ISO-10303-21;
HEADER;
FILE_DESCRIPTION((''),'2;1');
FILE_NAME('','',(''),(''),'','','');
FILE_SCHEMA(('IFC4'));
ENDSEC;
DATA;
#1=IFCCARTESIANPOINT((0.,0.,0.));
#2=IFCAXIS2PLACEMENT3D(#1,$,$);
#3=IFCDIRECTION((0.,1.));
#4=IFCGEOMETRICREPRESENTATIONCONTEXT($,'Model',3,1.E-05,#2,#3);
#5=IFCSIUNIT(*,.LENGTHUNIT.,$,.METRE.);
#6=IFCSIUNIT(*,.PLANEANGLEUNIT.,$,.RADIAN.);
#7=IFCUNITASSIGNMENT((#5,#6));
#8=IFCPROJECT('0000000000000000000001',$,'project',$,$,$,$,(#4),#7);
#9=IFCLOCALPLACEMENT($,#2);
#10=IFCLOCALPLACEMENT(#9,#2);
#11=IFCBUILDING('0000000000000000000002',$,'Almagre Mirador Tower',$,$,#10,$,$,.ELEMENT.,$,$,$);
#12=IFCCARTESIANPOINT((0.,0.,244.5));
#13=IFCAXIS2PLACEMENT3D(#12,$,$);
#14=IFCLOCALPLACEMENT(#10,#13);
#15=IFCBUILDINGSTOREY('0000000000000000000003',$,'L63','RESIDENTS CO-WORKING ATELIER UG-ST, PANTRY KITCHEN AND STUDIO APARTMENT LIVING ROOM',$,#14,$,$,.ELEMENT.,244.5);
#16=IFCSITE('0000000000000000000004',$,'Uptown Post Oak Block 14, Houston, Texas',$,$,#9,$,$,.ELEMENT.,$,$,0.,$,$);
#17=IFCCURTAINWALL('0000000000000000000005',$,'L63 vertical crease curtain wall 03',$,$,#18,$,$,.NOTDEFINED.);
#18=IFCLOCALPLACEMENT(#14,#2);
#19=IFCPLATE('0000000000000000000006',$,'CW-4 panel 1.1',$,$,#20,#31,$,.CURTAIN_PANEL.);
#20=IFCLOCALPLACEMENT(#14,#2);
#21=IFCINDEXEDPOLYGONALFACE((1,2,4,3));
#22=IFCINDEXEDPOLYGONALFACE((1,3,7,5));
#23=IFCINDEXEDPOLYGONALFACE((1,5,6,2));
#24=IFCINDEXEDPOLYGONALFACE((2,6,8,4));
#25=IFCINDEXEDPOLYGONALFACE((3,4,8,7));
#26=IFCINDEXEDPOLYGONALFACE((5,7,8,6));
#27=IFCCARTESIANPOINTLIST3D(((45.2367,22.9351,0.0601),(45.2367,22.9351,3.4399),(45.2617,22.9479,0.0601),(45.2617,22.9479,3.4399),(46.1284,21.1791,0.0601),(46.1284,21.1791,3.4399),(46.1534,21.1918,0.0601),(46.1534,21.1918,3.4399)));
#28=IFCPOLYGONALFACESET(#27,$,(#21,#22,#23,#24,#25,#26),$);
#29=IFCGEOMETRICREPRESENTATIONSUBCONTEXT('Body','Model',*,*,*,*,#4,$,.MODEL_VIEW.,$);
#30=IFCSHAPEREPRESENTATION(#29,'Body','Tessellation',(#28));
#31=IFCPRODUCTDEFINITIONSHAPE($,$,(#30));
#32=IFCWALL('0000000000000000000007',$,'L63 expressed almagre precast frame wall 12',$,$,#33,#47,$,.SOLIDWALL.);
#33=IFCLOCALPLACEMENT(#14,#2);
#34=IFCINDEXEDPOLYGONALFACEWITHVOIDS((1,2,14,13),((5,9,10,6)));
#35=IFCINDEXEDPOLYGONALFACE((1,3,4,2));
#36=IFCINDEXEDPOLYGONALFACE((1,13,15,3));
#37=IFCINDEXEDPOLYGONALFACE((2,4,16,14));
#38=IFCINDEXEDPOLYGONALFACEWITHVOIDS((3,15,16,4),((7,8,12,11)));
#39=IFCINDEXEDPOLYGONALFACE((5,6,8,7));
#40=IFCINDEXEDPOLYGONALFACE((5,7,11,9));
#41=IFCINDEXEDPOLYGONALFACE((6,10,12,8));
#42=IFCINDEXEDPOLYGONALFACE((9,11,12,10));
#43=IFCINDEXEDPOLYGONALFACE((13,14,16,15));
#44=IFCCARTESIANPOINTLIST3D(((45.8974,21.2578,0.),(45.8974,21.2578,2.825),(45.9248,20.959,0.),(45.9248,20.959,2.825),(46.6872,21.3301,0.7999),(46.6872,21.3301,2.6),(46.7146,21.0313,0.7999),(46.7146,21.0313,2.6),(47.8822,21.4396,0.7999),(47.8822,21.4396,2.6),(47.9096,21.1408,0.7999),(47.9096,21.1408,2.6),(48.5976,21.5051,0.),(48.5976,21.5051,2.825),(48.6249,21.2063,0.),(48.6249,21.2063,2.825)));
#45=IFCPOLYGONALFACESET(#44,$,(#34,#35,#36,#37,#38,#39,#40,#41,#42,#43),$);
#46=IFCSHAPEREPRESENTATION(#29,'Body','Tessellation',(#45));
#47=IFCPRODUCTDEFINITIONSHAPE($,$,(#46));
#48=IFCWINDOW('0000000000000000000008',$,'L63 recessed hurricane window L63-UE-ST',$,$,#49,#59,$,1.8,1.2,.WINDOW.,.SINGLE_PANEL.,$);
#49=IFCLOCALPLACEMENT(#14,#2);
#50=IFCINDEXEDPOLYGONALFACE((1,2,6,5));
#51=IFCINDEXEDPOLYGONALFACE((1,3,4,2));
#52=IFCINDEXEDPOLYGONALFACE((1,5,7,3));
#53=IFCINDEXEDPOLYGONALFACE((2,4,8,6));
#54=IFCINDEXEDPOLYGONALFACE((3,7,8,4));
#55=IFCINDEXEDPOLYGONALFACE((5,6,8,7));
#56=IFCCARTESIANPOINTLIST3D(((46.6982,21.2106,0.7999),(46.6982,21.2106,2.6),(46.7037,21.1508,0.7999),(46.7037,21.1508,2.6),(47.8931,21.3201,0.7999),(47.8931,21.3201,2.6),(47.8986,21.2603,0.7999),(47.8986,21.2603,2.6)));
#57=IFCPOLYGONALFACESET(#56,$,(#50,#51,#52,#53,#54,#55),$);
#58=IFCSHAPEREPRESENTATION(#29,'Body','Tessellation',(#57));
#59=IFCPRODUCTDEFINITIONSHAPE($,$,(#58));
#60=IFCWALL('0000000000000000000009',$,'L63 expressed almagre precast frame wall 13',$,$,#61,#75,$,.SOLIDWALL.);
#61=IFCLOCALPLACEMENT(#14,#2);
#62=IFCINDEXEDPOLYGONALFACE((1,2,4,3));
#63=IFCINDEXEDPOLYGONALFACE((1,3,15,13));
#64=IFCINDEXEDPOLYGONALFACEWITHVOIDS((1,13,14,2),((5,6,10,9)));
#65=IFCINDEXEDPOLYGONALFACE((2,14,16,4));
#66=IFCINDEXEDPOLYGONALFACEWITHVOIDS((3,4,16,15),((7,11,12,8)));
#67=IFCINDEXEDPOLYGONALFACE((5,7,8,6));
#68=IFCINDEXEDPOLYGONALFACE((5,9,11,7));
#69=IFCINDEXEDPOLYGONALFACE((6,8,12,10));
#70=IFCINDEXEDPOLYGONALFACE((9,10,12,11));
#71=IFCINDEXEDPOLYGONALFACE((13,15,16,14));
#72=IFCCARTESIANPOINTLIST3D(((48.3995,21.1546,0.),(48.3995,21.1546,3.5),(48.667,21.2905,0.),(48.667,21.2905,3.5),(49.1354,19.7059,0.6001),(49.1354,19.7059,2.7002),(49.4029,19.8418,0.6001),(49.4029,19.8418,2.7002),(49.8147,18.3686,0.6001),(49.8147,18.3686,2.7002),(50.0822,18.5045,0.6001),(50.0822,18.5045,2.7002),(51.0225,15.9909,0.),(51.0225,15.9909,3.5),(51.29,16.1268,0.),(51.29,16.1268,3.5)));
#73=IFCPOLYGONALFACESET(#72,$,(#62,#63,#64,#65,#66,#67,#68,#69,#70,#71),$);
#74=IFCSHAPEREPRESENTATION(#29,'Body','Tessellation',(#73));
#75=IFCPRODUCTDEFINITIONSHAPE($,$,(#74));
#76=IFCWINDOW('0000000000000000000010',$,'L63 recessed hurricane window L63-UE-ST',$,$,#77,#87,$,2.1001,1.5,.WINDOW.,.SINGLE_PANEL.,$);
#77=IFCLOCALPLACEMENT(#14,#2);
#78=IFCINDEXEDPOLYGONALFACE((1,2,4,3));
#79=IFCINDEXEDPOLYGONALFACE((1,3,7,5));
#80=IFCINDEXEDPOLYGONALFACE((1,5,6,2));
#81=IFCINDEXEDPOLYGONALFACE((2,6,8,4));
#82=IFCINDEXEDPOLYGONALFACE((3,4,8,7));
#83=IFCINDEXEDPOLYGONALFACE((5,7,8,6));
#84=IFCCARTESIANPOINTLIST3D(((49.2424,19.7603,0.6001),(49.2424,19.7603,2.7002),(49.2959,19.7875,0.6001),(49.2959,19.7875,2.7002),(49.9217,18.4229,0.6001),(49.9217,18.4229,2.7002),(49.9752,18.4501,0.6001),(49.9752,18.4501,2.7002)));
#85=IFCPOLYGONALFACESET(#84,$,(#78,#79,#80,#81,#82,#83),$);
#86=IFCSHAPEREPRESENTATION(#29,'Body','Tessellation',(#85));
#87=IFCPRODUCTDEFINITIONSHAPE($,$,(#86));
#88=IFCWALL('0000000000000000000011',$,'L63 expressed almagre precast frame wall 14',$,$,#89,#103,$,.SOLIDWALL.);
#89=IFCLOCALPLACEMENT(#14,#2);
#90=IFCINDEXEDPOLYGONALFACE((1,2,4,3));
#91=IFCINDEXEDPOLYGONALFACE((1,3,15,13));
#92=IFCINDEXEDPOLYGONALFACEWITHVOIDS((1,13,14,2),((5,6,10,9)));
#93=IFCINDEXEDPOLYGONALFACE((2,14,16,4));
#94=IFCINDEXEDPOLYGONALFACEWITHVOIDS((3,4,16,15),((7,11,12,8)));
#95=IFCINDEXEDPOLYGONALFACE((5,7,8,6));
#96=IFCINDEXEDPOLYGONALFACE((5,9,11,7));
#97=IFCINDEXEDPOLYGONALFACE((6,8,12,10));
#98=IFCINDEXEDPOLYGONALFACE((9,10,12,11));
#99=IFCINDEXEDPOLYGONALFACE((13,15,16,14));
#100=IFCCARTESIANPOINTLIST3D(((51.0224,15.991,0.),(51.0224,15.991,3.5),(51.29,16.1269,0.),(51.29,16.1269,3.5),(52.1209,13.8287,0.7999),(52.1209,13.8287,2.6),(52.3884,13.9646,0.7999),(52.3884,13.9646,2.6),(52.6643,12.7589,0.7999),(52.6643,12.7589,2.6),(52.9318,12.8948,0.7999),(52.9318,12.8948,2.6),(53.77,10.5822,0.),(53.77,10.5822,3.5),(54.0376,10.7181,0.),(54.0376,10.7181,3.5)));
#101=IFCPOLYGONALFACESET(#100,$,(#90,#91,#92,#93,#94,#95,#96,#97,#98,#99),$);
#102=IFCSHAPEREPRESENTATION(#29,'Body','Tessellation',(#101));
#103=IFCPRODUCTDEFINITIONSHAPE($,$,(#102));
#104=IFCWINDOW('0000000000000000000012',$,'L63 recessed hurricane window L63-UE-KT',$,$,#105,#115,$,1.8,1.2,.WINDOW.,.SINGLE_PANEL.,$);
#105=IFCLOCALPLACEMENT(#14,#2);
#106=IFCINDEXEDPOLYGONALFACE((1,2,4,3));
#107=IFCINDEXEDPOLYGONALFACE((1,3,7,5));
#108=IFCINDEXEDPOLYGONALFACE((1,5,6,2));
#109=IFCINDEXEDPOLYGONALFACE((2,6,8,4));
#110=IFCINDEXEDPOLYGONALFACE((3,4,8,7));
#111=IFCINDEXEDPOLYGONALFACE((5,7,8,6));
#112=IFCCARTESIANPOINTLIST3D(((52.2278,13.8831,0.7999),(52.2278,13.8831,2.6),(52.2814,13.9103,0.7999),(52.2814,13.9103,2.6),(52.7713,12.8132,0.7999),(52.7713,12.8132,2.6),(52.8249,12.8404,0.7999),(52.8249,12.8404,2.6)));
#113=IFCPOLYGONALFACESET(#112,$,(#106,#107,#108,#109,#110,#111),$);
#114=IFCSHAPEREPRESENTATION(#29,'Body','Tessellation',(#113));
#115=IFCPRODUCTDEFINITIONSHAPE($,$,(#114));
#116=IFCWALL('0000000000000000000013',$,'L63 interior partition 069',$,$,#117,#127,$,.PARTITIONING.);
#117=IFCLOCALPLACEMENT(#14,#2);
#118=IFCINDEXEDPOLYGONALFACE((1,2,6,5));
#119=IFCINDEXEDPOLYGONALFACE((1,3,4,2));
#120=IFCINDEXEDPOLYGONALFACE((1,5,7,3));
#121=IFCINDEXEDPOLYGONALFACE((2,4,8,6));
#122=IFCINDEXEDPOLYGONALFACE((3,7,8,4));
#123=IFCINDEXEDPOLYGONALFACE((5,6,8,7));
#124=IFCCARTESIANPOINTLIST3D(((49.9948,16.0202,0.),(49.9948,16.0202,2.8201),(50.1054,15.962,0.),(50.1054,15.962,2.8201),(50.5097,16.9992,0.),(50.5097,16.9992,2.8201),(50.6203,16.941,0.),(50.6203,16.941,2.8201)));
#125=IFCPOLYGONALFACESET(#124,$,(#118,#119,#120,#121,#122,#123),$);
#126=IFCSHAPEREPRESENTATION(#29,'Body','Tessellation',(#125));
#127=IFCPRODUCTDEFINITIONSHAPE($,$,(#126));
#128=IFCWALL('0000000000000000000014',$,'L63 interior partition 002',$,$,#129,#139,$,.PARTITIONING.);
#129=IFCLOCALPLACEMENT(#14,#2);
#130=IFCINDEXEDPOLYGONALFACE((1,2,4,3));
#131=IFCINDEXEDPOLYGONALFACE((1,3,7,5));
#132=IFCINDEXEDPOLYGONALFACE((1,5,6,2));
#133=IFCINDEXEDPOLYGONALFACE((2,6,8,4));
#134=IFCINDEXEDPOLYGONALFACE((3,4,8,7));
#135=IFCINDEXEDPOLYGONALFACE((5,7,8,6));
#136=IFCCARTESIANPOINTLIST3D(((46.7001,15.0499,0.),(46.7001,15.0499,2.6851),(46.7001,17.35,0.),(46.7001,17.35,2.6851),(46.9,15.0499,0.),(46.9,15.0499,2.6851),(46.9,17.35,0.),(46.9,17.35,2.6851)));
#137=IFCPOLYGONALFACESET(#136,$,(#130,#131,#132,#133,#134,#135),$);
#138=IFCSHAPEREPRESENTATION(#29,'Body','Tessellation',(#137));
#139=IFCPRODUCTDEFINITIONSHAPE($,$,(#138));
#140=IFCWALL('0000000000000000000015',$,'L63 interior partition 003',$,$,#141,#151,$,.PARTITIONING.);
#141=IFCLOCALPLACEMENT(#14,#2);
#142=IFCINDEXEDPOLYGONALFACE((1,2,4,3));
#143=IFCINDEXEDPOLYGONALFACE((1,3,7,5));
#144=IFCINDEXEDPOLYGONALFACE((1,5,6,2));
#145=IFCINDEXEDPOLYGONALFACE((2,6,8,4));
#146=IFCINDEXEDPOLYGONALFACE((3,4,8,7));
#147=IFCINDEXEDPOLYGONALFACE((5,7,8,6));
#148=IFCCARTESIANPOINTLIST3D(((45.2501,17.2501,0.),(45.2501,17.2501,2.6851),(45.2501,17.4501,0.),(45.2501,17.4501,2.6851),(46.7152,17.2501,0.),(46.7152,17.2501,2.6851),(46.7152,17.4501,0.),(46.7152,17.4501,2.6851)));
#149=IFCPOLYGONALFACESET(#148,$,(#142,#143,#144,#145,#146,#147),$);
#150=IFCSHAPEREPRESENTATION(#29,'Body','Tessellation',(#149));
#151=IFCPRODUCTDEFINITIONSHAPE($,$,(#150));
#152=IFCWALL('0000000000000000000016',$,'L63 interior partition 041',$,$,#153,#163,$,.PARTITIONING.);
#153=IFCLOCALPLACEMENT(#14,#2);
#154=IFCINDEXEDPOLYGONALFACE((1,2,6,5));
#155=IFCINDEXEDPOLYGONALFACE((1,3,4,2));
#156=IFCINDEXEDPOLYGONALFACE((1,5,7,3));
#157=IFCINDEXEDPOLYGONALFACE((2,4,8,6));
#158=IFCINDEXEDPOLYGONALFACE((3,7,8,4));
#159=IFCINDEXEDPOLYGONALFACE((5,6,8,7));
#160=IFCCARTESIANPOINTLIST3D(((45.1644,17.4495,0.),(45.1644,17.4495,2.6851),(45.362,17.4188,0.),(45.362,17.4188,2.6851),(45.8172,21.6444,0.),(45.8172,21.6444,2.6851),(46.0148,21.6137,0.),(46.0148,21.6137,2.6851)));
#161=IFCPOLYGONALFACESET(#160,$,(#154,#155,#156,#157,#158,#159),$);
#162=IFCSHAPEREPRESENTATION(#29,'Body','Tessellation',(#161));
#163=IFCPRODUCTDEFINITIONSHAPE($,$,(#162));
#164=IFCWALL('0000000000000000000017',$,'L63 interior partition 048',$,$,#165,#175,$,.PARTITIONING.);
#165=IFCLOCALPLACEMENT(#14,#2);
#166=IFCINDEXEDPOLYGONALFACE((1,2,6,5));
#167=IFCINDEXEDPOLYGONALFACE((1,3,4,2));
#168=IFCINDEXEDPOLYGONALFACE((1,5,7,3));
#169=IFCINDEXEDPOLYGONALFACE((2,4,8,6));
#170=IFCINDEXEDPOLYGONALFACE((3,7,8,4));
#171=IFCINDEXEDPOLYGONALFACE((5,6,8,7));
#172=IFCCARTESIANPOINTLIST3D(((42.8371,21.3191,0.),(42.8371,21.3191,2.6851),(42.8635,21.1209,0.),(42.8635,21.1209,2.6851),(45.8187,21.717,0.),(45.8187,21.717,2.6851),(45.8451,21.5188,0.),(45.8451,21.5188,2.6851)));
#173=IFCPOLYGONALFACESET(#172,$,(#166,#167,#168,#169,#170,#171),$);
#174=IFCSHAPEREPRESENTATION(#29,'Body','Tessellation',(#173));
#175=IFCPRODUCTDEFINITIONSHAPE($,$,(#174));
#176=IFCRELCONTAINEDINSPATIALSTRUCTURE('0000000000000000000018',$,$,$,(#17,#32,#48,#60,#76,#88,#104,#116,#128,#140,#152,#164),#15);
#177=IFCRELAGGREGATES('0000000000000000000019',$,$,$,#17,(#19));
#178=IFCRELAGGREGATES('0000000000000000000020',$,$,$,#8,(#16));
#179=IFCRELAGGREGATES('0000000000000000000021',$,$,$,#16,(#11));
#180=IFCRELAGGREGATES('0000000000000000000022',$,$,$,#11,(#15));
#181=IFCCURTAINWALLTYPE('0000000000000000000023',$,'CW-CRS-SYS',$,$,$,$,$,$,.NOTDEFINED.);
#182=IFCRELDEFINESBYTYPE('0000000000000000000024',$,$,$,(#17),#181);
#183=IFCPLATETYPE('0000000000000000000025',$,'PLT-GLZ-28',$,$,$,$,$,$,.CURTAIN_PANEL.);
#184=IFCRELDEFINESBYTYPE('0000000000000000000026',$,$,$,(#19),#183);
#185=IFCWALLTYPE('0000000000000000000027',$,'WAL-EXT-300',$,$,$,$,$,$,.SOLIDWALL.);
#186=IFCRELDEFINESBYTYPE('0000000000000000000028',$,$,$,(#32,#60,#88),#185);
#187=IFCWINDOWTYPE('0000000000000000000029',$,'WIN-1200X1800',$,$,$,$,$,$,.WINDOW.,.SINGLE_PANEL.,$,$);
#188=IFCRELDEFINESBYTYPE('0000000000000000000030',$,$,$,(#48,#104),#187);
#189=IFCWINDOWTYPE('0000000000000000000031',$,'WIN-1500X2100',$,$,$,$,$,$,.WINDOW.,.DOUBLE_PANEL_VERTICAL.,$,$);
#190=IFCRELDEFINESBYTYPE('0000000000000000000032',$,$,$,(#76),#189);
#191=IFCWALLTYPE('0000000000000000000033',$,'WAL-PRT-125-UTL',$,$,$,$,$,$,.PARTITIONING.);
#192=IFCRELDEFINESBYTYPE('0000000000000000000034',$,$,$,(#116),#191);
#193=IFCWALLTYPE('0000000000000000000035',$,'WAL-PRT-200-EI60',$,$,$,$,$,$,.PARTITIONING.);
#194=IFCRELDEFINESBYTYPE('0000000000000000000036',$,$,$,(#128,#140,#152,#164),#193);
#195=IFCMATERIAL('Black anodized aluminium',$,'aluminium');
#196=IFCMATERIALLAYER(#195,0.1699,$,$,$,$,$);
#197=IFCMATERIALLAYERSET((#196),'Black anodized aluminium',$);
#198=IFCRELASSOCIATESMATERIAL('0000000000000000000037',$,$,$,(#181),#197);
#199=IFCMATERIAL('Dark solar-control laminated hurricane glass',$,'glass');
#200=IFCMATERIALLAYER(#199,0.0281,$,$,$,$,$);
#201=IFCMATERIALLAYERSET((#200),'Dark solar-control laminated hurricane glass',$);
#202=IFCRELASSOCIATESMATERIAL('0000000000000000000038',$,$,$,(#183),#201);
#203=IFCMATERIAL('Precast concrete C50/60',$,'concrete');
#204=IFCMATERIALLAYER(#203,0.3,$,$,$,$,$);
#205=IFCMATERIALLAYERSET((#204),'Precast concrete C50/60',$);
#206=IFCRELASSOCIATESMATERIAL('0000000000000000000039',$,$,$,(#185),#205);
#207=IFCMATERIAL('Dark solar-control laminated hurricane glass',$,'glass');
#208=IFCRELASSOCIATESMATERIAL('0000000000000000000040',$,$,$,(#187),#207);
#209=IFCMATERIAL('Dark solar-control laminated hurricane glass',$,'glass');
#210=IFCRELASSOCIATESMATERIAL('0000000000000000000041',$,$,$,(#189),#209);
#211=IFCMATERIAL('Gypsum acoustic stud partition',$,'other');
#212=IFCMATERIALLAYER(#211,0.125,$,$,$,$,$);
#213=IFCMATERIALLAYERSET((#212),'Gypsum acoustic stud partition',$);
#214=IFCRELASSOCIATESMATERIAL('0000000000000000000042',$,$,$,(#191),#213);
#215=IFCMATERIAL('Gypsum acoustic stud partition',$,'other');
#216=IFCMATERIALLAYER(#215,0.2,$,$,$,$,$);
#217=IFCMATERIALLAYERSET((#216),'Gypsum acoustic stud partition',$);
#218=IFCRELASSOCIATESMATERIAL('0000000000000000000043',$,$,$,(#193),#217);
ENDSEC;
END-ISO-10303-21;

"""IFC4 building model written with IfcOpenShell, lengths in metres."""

from ifc_helpers import new_model, si_unit, direction, frame, frame_2d, origin, origin_2d, place, context, subcontext, project, spatial, rectangle, extrude, material, layer, layer_set, type_object, element, fill, aggregate, save


model = new_model("IFC4")

# Units and contexts
model_context = context("Model", 3, precision=1e-05, world=origin(), true_north=direction((0.0, 1.0)))
body_context = subcontext(model_context, "Body", "Model", "MODEL_VIEW")
ifc_project = project(units=[si_unit("LENGTHUNIT", "METRE"), si_unit("PLANEANGLEUNIT", "RADIAN")], contexts=[model_context])

# Site, building, storey
site_placement = place(None, origin())
site = spatial("IfcSite", under=ifc_project, at=site_placement, Name="Uptown Post Oak Block 14, Houston, Texas", CompositionType="ELEMENT", RefElevation=0.0)
building_placement = place(site_placement, origin())
building = spatial("IfcBuilding", under=site, at=building_placement, Name="Almagre Mirador Tower", CompositionType="ELEMENT")
storey_placement = place(building_placement, frame((0.0, 0.0, 244.5)))
storey = spatial("IfcBuildingStorey", under=building, at=storey_placement, Name="L63", Description="RESIDENTS CO-WORKING ATELIER UG-ST, PANTRY KITCHEN AND STUDIO APARTMENT LIVING ROOM", CompositionType="ELEMENT", Elevation=244.5)

# Curtain wall, plate
ifc_material_1 = material(Name="Black anodized aluminium", Category="aluminium")
ifc_layer_1 = layer(ifc_material_1, 0.1699)
ifc_layer_set_1 = layer_set([ifc_layer_1], Name="Black anodized aluminium")
curtain_wall_type = type_object("IfcCurtainWallType", Name="CW-CRS-SYS", PredefinedType="NOTDEFINED", material=ifc_layer_set_1)
curtain_wall_placement = place(storey_placement, origin())
curtain_wall = element("IfcCurtainWall", 1, at=curtain_wall_placement, inside=storey, type_object=curtain_wall_type, Name="L63 vertical crease curtain wall 03", PredefinedType="NOTDEFINED")
ifc_material_2 = material(Name="Dark solar-control laminated hurricane glass", Category="glass")
ifc_layer_2 = layer(ifc_material_2, 0.0281)
ifc_layer_set_2 = layer_set([ifc_layer_2], Name="Dark solar-control laminated hurricane glass")
plate_type = type_object("IfcPlateType", Name="PLT-GLZ-28", PredefinedType="CURTAIN_PANEL", material=ifc_layer_set_2)
plate_placement = place(storey_placement, frame((45.6951, 22.0635, 0.0601), z_axis=(0.0, 0.0, 1.0), x_axis=(0.452757, -0.891634, 0.0)))
plate = element("IfcPlate", 2, at=plate_placement, type_object=plate_type, Name="CW-4 panel 1.1", PredefinedType="CURTAIN_PANEL", context=body_context, shape_type="SweptSolid", body=[
    extrude(rectangle(XDim=1.9695, YDim=0.0281, at=origin_2d()), origin(), (0.0, 0.0, 1.0), 3.3799),
])
aggregate(curtain_wall, [plate])

# Walls, openings, windows
ifc_material_3 = material(Name="Precast concrete C50/60", Category="concrete")
ifc_layer_3 = layer(ifc_material_3, 0.3)
ifc_layer_set_3 = layer_set([ifc_layer_3], Name="Precast concrete C50/60")
wall_type_1 = type_object("IfcWallType", Name="WAL-EXT-300", PredefinedType="SOLIDWALL", material=ifc_layer_set_3)
wall_1_placement = place(storey_placement, frame((45.9111, 21.1084, 0.0), z_axis=(0.0, 0.0, 1.0), x_axis=(0.995832, 0.09121, 0.0)))
wall_1 = element("IfcWall", 3, at=wall_1_placement, inside=storey, type_object=wall_type_1, Name="L63 expressed almagre precast frame wall 12", PredefinedType="SOLIDWALL", context=body_context, shape_type="SweptSolid", body=[
    extrude(rectangle(XDim=2.7114, YDim=0.3, at=frame_2d((1.3557, 0.0))), origin(), (0.0, 0.0, 1.0), 2.825),
])
opening_1_placement = place(wall_1_placement, frame((0.793, 0.0, 0.8)))
opening_1 = element("IfcOpeningElement", 4, at=opening_1_placement, cuts=wall_1, PredefinedType="OPENING", context=body_context, shape_type="SweptSolid", body=[
    extrude(rectangle(XDim=1.2, YDim=1.8, at=frame_2d((0.6001, 0.8999))), frame((0.0, 0.1599, 0.0), z_axis=(0.0, -1.0, 0.0), x_axis=(1.0, 0.0, 0.0)), (0.0, 0.0, 1.0), 0.32),
])
ifc_material_4 = material(Name="Dark solar-control laminated hurricane glass", Category="glass")
window_type_1 = type_object("IfcWindowType", Name="WIN-1200X1800", PartitioningType="SINGLE_PANEL", PredefinedType="WINDOW", material=ifc_material_4)
window_1_placement = place(opening_1_placement, origin())
window_1 = element("IfcWindow", 5, at=window_1_placement, inside=storey, type_object=window_type_1, Name="L63 recessed hurricane window L63-UE-ST", OverallHeight=1.8, OverallWidth=1.2, PartitioningType="SINGLE_PANEL", PredefinedType="WINDOW", context=body_context, shape_type="SweptSolid", body=[
    extrude(rectangle(XDim=1.2, YDim=1.8, at=frame_2d((0.6001, 0.8999))), frame((0.0, 0.03, 0.0), z_axis=(0.0, -1.0, 0.0), x_axis=(1.0, 0.0, 0.0)), (0.0, 0.0, 1.0), 0.0601),
])
fill(opening_1, window_1)
wall_2_placement = place(storey_placement, frame((48.5332, 21.2227, 0.0), z_axis=(0.0, 0.0, 1.0), x_axis=(0.452887, -0.891568, 0.0)))
wall_2 = element("IfcWall", 6, at=wall_2_placement, inside=storey, type_object=wall_type_1, Name="L63 expressed almagre precast frame wall 13", PredefinedType="SOLIDWALL", context=body_context, shape_type="SweptSolid", body=[
    extrude(rectangle(XDim=5.7917, YDim=0.3, at=frame_2d((2.896, 0.0))), origin(), (0.0, 0.0, 1.0), 3.5),
])
opening_2_placement = place(wall_2_placement, frame((1.625, 0.0, 0.6001)))
opening_2 = element("IfcOpeningElement", 7, at=opening_2_placement, cuts=wall_2, PredefinedType="OPENING", context=body_context, shape_type="SweptSolid", body=[
    extrude(rectangle(XDim=1.5, YDim=2.1001, at=frame_2d((0.75, 1.05))), frame((0.0, 0.1599, 0.0), z_axis=(0.0, -1.0, 0.0), x_axis=(1.0, 0.0, 0.0)), (0.0, 0.0, 1.0), 0.32),
])
ifc_material_5 = material(Name="Dark solar-control laminated hurricane glass", Category="glass")
window_type_2 = type_object("IfcWindowType", Name="WIN-1500X2100", PartitioningType="DOUBLE_PANEL_VERTICAL", PredefinedType="WINDOW", material=ifc_material_5)
window_2_placement = place(opening_2_placement, origin())
window_2 = element("IfcWindow", 8, at=window_2_placement, inside=storey, type_object=window_type_2, Name="L63 recessed hurricane window L63-UE-ST", OverallHeight=2.1001, OverallWidth=1.5, PartitioningType="SINGLE_PANEL", PredefinedType="WINDOW", context=body_context, shape_type="SweptSolid", body=[
    extrude(rectangle(XDim=1.5, YDim=2.1001, at=frame_2d((0.75, 1.05))), frame((0.0, 0.03, 0.0), z_axis=(0.0, -1.0, 0.0), x_axis=(1.0, 0.0, 0.0)), (0.0, 0.0, 1.0), 0.0601),
])
fill(opening_2, window_2)
wall_3_placement = place(storey_placement, frame((51.1562, 16.0588, 0.0), z_axis=(0.0, 0.0, 1.0), x_axis=(0.452903, -0.89156, 0.0)))
wall_3 = element("IfcWall", 9, at=wall_3_placement, inside=storey, type_object=wall_type_1, Name="L63 expressed almagre precast frame wall 14", PredefinedType="SOLIDWALL", context=body_context, shape_type="SweptSolid", body=[
    extrude(rectangle(XDim=6.0667, YDim=0.3, at=frame_2d((3.0332, 0.0))), origin(), (0.0, 0.0, 1.0), 3.5),
])
opening_3_placement = place(wall_3_placement, frame((2.425, 0.0, 0.8)))
opening_3 = element("IfcOpeningElement", 10, at=opening_3_placement, cuts=wall_3, PredefinedType="OPENING", context=body_context, shape_type="SweptSolid", body=[
    extrude(rectangle(XDim=1.2, YDim=1.8, at=frame_2d((0.6001, 0.8999))), frame((0.0, 0.1599, 0.0), z_axis=(0.0, -1.0, 0.0), x_axis=(1.0, 0.0, 0.0)), (0.0, 0.0, 1.0), 0.32),
])
window_3_placement = place(opening_3_placement, origin())
window_3 = element("IfcWindow", 11, at=window_3_placement, inside=storey, type_object=window_type_1, Name="L63 recessed hurricane window L63-UE-KT", OverallHeight=1.8, OverallWidth=1.2, PartitioningType="SINGLE_PANEL", PredefinedType="WINDOW", context=body_context, shape_type="SweptSolid", body=[
    extrude(rectangle(XDim=1.2, YDim=1.8, at=frame_2d((0.6001, 0.8999))), frame((0.0, 0.03, 0.0), z_axis=(0.0, -1.0, 0.0), x_axis=(1.0, 0.0, 0.0)), (0.0, 0.0, 1.0), 0.0601),
])
fill(opening_3, window_3)

# Walls
ifc_material_6 = material(Name="Gypsum acoustic stud partition", Category="other")
ifc_layer_4 = layer(ifc_material_6, 0.125)
ifc_layer_set_4 = layer_set([ifc_layer_4], Name="Gypsum acoustic stud partition")
wall_type_2 = type_object("IfcWallType", Name="WAL-PRT-125-UTL", PredefinedType="PARTITIONING", material=ifc_layer_set_4)
wall_4_placement = place(storey_placement, frame((50.05, 15.991, 0.0), z_axis=(0.0, 0.0, 1.0), x_axis=(0.465483, 0.885057, 0.0)))
element("IfcWall", 12, at=wall_4_placement, inside=storey, type_object=wall_type_2, Name="L63 interior partition 069", PredefinedType="PARTITIONING", context=body_context, shape_type="SweptSolid", body=[
    extrude(rectangle(XDim=1.1062, YDim=0.125, at=frame_2d((0.5532, 0.0))), origin(), (0.0, 0.0, 1.0), 2.8201),
])
ifc_material_7 = material(Name="Gypsum acoustic stud partition", Category="other")
ifc_layer_5 = layer(ifc_material_7, 0.2)
ifc_layer_set_5 = layer_set([ifc_layer_5], Name="Gypsum acoustic stud partition")
wall_type_3 = type_object("IfcWallType", Name="WAL-PRT-200-EI60", PredefinedType="PARTITIONING", material=ifc_layer_set_5)
wall_5_placement = place(storey_placement, frame((46.8, 15.05, 0.0), z_axis=(0.0, 0.0, 1.0), x_axis=(0.0, 1.0, 0.0)))
element("IfcWall", 13, at=wall_5_placement, inside=storey, type_object=wall_type_3, Name="L63 interior partition 002", PredefinedType="PARTITIONING", context=body_context, shape_type="SweptSolid", body=[
    extrude(rectangle(XDim=2.3, YDim=0.2, at=frame_2d((1.1499, 0.0))), origin(), (0.0, 0.0, 1.0), 2.6851),
])
wall_6_placement = place(storey_placement, frame((46.7151, 17.3501, 0.0), z_axis=(0.0, 0.0, 1.0), x_axis=(-1.0, 0.0, 0.0)))
element("IfcWall", 14, at=wall_6_placement, inside=storey, type_object=wall_type_3, Name="L63 interior partition 003", PredefinedType="PARTITIONING", context=body_context, shape_type="SweptSolid", body=[
    extrude(rectangle(XDim=1.4651, YDim=0.2, at=frame_2d((0.7324, 0.0))), origin(), (0.0, 0.0, 1.0), 2.6851),
])
wall_7_placement = place(storey_placement, frame((45.916, 21.6289, 0.0), z_axis=(0.0, 0.0, 1.0), x_axis=(-0.153777, -0.988106, 0.0)))
element("IfcWall", 15, at=wall_7_placement, inside=storey, type_object=wall_type_3, Name="L63 interior partition 041", PredefinedType="PARTITIONING", context=body_context, shape_type="SweptSolid", body=[
    extrude(rectangle(XDim=4.2454, YDim=0.2, at=frame_2d((2.1226, 0.0))), origin(), (0.0, 0.0, 1.0), 2.6851),
])
wall_8_placement = place(storey_placement, frame((45.8318, 21.6179, 0.0), z_axis=(0.0, 0.0, 1.0), x_axis=(-0.991211, -0.132291, 0.0)))
element("IfcWall", 16, at=wall_8_placement, inside=storey, type_object=wall_type_3, Name="L63 interior partition 048", PredefinedType="PARTITIONING", context=body_context, shape_type="SweptSolid", body=[
    extrude(rectangle(XDim=3.0081, YDim=0.2, at=frame_2d((1.5039, 0.0))), origin(), (0.0, 0.0, 1.0), 2.6851),
])

save(model, "model.ifc")
